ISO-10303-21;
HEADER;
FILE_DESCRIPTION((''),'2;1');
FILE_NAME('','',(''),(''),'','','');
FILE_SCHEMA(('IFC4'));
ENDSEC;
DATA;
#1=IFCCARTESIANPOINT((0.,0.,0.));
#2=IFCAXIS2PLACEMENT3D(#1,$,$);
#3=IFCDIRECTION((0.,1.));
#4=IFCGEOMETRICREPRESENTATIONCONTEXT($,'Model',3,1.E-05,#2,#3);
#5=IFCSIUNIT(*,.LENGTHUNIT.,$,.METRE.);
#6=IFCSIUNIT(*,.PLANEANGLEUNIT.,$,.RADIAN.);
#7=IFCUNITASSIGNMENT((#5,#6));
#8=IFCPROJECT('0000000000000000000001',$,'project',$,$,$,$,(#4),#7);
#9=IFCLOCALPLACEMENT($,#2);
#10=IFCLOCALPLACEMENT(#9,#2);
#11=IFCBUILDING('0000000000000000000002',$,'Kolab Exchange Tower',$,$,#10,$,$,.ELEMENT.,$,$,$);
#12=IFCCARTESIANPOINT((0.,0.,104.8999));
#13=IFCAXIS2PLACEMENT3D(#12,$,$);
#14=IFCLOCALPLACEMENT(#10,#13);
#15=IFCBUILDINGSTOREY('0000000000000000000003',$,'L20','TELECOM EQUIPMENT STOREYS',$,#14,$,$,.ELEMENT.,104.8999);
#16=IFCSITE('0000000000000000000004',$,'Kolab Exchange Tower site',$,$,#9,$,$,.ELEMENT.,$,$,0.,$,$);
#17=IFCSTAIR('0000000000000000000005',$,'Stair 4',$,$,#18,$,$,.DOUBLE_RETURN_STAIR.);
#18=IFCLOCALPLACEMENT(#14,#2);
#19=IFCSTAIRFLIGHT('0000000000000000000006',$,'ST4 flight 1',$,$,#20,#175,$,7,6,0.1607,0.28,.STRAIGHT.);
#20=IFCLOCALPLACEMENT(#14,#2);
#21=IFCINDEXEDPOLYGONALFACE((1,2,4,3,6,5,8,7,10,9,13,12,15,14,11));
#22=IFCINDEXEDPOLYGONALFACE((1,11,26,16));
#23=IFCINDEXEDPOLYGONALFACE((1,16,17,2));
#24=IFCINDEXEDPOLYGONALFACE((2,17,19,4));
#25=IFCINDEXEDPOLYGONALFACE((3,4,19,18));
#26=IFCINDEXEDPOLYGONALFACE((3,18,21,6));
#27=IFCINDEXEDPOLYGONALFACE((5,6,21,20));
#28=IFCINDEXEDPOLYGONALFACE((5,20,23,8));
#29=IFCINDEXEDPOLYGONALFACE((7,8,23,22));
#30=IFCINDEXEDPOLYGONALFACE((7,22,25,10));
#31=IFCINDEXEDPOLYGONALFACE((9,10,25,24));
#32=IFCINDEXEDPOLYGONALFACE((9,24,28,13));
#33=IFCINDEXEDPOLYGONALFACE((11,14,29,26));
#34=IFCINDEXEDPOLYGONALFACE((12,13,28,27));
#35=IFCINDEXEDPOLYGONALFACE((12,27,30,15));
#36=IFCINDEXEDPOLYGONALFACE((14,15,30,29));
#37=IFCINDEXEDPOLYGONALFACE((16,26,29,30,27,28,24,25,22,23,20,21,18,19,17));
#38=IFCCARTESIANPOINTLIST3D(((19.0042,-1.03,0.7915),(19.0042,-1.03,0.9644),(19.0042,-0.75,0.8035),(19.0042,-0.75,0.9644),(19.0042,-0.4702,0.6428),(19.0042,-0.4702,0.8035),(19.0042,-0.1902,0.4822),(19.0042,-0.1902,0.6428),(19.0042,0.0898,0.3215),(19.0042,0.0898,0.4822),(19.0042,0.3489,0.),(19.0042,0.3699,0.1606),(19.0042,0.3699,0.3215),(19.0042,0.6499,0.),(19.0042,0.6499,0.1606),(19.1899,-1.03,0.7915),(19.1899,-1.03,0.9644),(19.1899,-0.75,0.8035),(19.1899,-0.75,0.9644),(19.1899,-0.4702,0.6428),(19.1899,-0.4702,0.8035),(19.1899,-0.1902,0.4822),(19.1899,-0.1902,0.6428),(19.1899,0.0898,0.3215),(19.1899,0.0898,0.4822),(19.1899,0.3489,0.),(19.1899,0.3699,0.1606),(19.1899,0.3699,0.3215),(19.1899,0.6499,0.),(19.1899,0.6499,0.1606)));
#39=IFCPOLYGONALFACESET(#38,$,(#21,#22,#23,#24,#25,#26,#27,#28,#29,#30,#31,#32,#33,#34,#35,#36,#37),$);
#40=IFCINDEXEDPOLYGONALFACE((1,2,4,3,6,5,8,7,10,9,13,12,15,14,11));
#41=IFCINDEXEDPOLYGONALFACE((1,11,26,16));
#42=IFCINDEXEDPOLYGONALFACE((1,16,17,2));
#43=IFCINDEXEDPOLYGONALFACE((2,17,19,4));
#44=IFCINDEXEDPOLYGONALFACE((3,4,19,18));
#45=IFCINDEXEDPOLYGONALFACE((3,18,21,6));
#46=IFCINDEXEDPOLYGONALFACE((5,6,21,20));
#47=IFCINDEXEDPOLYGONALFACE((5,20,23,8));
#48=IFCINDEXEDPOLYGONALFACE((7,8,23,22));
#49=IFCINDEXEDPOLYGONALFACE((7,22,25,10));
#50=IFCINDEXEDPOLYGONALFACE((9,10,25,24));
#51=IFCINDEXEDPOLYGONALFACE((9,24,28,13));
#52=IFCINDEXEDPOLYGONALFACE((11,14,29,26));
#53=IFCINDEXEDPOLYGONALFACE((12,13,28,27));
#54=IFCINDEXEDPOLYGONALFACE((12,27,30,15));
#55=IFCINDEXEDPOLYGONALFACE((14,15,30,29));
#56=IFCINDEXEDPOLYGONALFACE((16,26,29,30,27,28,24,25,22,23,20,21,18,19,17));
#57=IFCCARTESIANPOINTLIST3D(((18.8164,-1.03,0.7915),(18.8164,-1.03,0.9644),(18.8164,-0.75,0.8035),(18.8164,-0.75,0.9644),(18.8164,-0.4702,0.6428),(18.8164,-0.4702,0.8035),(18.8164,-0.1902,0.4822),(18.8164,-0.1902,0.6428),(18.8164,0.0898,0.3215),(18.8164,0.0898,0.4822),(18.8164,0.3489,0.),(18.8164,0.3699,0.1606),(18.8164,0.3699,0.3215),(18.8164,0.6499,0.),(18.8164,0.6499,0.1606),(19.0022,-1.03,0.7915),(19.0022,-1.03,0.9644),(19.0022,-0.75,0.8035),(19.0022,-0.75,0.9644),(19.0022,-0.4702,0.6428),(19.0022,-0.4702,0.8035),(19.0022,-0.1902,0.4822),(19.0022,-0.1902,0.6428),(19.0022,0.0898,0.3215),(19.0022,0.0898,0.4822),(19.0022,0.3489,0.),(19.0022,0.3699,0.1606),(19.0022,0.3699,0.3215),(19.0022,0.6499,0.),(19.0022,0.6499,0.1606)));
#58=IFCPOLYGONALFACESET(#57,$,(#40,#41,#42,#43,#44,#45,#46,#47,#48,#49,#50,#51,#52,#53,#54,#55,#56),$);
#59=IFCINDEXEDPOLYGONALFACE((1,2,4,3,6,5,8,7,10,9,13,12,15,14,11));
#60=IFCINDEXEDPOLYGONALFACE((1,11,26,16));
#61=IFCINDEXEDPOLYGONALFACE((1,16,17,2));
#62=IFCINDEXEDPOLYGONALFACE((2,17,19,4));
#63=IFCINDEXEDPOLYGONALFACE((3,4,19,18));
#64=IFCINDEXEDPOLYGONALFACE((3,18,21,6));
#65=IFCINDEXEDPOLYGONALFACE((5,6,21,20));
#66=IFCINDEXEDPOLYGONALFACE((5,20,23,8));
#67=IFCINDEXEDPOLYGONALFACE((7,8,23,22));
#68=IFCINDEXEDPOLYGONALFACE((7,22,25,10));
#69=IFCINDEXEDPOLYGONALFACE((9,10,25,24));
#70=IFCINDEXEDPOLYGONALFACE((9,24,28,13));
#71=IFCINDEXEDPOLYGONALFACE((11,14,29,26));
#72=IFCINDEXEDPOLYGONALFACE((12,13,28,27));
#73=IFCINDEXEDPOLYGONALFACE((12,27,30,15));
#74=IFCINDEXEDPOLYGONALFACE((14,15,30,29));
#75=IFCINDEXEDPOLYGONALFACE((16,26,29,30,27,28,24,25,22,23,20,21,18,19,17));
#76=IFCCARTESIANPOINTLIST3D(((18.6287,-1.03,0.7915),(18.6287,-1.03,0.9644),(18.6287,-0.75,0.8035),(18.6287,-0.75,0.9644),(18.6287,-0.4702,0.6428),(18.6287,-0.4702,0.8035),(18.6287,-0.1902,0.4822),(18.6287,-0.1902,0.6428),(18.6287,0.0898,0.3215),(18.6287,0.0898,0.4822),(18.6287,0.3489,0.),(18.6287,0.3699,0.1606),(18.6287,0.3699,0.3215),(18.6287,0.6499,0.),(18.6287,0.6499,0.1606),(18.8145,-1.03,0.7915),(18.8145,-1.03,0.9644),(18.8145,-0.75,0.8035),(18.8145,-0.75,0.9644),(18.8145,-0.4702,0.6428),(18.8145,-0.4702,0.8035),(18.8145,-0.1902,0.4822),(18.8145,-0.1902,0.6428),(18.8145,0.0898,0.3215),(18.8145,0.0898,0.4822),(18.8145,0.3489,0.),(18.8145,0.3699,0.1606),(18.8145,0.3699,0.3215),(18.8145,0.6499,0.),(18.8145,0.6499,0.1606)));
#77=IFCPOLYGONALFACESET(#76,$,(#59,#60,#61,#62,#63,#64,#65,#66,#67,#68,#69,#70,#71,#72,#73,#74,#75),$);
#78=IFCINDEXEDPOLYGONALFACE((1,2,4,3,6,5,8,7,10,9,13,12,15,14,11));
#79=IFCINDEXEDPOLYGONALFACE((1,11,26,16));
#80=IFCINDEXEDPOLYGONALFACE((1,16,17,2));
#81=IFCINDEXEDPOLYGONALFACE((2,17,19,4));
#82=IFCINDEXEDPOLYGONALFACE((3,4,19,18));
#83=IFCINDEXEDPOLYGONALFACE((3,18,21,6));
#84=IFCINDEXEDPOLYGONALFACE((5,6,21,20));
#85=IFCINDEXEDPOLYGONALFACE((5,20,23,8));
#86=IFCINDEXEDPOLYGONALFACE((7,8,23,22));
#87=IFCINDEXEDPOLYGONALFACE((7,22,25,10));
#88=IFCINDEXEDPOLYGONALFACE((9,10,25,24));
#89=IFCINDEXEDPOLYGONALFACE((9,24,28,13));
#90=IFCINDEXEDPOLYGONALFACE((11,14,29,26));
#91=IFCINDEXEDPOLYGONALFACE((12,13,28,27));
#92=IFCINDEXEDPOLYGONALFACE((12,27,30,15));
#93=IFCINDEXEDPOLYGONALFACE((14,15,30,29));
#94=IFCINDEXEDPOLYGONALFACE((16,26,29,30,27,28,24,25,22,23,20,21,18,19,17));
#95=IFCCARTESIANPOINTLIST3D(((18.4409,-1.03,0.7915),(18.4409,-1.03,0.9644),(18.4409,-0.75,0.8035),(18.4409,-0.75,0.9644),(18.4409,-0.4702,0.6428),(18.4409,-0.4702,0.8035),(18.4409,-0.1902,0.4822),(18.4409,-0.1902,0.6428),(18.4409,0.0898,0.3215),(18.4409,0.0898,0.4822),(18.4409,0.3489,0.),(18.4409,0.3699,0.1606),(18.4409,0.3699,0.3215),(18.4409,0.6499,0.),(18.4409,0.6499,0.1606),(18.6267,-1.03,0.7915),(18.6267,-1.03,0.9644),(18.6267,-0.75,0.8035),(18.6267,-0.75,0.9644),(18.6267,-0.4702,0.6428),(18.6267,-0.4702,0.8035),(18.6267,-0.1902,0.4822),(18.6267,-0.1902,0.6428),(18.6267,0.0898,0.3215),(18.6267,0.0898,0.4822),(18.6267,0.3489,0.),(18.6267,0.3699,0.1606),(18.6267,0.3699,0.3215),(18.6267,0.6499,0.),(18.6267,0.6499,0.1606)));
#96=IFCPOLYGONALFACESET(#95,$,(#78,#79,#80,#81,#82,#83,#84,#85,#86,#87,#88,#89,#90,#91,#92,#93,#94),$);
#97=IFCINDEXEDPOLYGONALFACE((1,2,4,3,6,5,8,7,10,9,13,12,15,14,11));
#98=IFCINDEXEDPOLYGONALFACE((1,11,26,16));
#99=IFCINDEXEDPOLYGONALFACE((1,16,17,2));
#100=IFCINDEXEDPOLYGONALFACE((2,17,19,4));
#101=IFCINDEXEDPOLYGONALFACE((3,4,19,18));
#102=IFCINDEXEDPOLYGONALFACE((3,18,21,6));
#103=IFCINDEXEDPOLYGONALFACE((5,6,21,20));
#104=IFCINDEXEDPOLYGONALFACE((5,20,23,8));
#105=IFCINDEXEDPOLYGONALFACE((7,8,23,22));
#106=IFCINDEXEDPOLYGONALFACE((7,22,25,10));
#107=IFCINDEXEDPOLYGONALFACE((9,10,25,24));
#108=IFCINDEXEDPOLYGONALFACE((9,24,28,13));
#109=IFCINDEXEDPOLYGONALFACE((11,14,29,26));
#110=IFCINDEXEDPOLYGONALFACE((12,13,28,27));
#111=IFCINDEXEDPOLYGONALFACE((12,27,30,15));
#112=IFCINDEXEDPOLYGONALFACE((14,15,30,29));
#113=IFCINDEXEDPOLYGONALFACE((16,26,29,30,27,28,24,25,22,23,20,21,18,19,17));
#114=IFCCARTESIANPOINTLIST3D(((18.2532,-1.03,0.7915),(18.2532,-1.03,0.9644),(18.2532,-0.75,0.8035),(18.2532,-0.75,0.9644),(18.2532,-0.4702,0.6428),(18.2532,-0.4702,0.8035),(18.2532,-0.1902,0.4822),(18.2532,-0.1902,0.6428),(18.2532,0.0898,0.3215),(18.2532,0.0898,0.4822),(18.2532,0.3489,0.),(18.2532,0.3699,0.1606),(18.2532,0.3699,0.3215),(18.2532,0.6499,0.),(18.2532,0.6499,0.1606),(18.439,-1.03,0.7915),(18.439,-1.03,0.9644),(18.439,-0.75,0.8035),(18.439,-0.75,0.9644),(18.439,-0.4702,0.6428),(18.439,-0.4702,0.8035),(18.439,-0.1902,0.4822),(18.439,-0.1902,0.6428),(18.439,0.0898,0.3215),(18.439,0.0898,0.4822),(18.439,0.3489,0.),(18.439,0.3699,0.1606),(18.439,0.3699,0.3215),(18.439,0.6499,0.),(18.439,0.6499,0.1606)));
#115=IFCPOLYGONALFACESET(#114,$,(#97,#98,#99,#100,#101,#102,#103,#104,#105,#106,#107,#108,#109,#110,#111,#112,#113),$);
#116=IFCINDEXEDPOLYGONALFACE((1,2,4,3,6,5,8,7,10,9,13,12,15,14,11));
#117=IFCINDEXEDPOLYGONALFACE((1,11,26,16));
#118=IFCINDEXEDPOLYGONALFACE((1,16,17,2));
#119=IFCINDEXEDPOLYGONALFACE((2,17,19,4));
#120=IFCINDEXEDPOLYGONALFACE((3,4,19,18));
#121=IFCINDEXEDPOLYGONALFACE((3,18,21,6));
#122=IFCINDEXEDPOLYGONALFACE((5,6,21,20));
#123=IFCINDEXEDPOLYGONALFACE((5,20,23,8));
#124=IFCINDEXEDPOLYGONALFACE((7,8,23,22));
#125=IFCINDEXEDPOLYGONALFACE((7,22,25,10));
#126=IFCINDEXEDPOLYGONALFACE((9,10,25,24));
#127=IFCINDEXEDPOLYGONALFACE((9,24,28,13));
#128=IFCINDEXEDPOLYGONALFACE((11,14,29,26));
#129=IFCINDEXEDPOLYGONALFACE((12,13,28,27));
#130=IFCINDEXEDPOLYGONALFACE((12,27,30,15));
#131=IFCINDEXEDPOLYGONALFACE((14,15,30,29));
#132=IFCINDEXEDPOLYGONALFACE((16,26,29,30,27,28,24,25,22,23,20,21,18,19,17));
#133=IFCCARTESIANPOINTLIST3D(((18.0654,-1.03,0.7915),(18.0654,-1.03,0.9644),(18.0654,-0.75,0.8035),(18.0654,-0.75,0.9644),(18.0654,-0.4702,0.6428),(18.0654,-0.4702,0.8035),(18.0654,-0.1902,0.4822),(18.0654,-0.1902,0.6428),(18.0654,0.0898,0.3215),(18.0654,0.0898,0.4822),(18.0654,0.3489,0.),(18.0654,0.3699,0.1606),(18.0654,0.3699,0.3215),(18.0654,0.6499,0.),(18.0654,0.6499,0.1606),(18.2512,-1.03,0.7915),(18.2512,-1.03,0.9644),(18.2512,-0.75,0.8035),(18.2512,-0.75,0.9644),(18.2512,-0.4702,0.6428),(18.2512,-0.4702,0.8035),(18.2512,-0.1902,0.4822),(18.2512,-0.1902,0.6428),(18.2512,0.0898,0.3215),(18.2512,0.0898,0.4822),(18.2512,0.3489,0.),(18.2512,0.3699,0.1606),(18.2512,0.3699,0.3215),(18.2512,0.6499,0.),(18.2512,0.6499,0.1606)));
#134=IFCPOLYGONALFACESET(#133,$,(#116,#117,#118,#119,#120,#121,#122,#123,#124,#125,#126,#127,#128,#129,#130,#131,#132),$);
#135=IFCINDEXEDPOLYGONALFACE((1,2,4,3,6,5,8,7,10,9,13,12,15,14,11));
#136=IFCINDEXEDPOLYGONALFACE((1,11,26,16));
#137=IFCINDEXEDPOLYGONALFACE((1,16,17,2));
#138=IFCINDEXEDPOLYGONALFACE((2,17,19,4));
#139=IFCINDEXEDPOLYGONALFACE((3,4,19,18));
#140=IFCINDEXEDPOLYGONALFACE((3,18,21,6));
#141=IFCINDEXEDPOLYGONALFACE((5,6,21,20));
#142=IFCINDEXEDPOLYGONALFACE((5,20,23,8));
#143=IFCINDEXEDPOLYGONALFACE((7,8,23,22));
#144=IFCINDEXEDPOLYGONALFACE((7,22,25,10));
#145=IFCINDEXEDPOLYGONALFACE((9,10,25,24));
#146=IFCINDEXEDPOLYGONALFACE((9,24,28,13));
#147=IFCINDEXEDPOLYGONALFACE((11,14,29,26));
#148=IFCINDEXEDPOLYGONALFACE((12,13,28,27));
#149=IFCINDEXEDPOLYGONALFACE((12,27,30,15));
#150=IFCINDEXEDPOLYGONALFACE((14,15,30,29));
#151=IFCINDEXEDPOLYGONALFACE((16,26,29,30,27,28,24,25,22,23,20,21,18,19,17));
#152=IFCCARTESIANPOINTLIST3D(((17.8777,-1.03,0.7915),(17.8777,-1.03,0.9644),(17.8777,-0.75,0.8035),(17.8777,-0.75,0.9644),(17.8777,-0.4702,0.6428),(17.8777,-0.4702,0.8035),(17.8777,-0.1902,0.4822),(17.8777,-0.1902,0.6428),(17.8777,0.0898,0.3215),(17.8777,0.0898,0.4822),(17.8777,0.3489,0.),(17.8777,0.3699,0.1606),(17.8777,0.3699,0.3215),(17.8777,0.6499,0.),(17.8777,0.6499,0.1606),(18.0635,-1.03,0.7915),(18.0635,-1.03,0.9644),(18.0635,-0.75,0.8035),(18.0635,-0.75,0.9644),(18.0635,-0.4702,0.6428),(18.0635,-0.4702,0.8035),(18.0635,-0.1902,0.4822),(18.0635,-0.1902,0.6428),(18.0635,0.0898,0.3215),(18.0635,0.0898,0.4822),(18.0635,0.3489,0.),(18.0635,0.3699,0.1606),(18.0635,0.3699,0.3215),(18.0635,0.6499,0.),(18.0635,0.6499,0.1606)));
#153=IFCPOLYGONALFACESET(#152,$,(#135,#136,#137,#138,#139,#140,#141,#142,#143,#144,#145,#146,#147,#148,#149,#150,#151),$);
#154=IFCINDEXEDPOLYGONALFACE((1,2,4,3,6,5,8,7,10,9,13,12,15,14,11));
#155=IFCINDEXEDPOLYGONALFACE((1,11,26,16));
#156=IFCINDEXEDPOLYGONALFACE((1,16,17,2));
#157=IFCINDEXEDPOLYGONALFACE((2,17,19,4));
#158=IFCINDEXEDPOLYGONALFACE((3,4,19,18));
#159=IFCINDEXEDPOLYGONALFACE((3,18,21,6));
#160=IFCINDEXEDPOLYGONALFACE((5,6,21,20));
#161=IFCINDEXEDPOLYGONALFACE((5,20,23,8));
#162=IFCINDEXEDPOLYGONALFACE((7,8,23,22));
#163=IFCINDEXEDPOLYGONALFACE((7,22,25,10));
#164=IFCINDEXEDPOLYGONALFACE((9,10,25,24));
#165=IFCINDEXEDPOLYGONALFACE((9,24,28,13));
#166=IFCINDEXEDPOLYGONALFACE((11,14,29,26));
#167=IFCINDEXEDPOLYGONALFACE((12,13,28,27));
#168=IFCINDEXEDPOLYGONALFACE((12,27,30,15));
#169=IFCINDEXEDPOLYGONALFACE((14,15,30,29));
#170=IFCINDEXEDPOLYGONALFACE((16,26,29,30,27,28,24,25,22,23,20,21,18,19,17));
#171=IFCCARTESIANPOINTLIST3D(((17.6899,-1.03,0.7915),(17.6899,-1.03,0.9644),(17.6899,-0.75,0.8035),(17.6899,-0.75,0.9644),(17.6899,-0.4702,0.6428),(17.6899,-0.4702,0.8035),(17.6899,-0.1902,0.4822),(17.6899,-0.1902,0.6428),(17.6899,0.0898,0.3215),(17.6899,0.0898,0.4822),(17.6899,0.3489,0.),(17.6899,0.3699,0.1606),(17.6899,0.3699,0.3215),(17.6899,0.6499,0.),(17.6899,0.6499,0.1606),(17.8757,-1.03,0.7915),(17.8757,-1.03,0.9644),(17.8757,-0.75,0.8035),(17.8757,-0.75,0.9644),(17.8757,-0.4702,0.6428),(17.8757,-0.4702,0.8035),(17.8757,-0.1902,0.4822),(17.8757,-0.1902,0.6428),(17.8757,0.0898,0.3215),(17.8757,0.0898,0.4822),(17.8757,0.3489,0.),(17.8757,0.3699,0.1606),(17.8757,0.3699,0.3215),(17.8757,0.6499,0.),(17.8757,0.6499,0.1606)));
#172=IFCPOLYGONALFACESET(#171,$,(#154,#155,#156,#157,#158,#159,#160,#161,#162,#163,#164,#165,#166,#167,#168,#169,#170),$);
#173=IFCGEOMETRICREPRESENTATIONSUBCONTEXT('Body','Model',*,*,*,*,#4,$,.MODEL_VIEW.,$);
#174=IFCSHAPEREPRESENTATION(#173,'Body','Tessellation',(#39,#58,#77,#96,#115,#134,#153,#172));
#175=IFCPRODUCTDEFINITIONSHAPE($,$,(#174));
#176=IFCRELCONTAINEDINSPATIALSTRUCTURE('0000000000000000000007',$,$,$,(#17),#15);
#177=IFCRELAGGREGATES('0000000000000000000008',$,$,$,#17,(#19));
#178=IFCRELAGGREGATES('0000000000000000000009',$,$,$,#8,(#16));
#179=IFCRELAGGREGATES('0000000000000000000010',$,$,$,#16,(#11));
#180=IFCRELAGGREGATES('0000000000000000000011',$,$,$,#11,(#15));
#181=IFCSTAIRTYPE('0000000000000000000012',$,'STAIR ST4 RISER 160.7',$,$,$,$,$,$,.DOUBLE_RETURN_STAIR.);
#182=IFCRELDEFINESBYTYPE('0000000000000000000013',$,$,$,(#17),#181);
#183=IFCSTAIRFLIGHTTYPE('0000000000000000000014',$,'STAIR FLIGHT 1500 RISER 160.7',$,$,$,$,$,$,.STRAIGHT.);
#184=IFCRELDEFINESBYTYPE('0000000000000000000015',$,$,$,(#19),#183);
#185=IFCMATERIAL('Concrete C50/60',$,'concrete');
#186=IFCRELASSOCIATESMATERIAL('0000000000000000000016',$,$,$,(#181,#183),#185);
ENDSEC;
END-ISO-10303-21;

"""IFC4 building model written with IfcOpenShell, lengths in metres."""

from ifc_helpers import new_model, si_unit, direction, frame, origin, place, context, subcontext, project, spatial, polyline, outline, extrude, material, type_object, element, aggregate, save


model = new_model("IFC4")

# Units and contexts
model_context = context("Model", 3, precision=1e-05, world=origin(), true_north=direction((0.0, 1.0)))
body_context = subcontext(model_context, "Body", "Model", "MODEL_VIEW")
ifc_project = project(units=[si_unit("LENGTHUNIT", "METRE"), si_unit("PLANEANGLEUNIT", "RADIAN")], contexts=[model_context])

# Site, building, storey
site_placement = place(None, origin())
site = spatial("IfcSite", under=ifc_project, at=site_placement, Name="Kolab Exchange Tower site", CompositionType="ELEMENT", RefElevation=0.0)
building_placement = place(site_placement, origin())
building = spatial("IfcBuilding", under=site, at=building_placement, Name="Kolab Exchange Tower", CompositionType="ELEMENT")
storey_placement = place(building_placement, frame((0.0, 0.0, 104.8999)))
storey = spatial("IfcBuildingStorey", under=building, at=storey_placement, Name="L20", Description="TELECOM EQUIPMENT STOREYS", CompositionType="ELEMENT", Elevation=104.8999)

# Shared definitions
ifc_material_1 = material(Name="Concrete C50/60", Category="concrete")

# Stair, stair flight
stair_type = type_object("IfcStairType", Name="STAIR ST4 RISER 160.7", PredefinedType="DOUBLE_RETURN_STAIR", material=ifc_material_1)
stair_placement = place(storey_placement, origin())
stair = element("IfcStair", 1, at=stair_placement, inside=storey, type_object=stair_type, Name="Stair 4", PredefinedType="DOUBLE_RETURN_STAIR")
stair_flight_type = type_object("IfcStairFlightType", Name="STAIR FLIGHT 1500 RISER 160.7", PredefinedType="STRAIGHT", material=ifc_material_1)
stair_flight_1_placement = place(storey_placement, frame((18.4399, 0.6499, 0.0), z_axis=(0.0, 0.0, 1.0), x_axis=(0.0, -1.0, 0.0)))
stair_flight_1 = element("IfcStairFlight", 2, at=stair_flight_1_placement, type_object=stair_flight_type, Name="ST4 flight 1", NumberOfRisers=7, NumberOfTreads=6, PredefinedType="STRAIGHT", RiserHeight=0.1607, TreadLength=0.28, context=body_context, shape_type="SweptSolid", body=[
    extrude(outline(polyline([(0.0, 0.0), (0.0, 0.1606), (0.28, 0.1606), (0.28, 0.3215), (0.5601, 0.3215), (0.5601, 0.4822), (0.8401, 0.4822), (0.8401, 0.6428), (1.1201, 0.6428), (1.1201, 0.8035), (1.3999, 0.8035), (1.3999, 0.9644), (1.6799, 0.9644), (1.6799, 1.125), (1.6799, 0.7915), (0.301, 0.0), (0.0, 0.0)])), frame((0.0, 0.75, 0.0), z_axis=(0.0, -1.0, 0.0), x_axis=(1.0, 0.0, 0.0)), (0.0, 0.0, 1.0), 0.1858),
    extrude(outline(polyline([(0.0, 0.0), (0.0, 0.1606), (0.28, 0.1606), (0.28, 0.3215), (0.5601, 0.3215), (0.5601, 0.4822), (0.8401, 0.4822), (0.8401, 0.6428), (1.1201, 0.6428), (1.1201, 0.8035), (1.3999, 0.8035), (1.3999, 0.9644), (1.6799, 0.9644), (1.6799, 1.125), (1.6799, 0.7915), (0.301, 0.0), (0.0, 0.0)])), frame((0.0, 0.5623, 0.0), z_axis=(0.0, -1.0, 0.0), x_axis=(1.0, 0.0, 0.0)), (0.0, 0.0, 1.0), 0.1858),
    extrude(outline(polyline([(0.0, 0.0), (0.0, 0.1606), (0.28, 0.1606), (0.28, 0.3215), (0.5601, 0.3215), (0.5601, 0.4822), (0.8401, 0.4822), (0.8401, 0.6428), (1.1201, 0.6428), (1.1201, 0.8035), (1.3999, 0.8035), (1.3999, 0.9644), (1.6799, 0.9644), (1.6799, 1.125), (1.6799, 0.7915), (0.301, 0.0), (0.0, 0.0)])), frame((0.0, 0.3745, 0.0), z_axis=(0.0, -1.0, 0.0), x_axis=(1.0, 0.0, 0.0)), (0.0, 0.0, 1.0), 0.1858),
    extrude(outline(polyline([(0.0, 0.0), (0.0, 0.1606), (0.28, 0.1606), (0.28, 0.3215), (0.5601, 0.3215), (0.5601, 0.4822), (0.8401, 0.4822), (0.8401, 0.6428), (1.1201, 0.6428), (1.1201, 0.8035), (1.3999, 0.8035), (1.3999, 0.9644), (1.6799, 0.9644), (1.6799, 1.125), (1.6799, 0.7915), (0.301, 0.0), (0.0, 0.0)])), frame((0.0, 0.1868, 0.0), z_axis=(0.0, -1.0, 0.0), x_axis=(1.0, 0.0, 0.0)), (0.0, 0.0, 1.0), 0.1858),
    extrude(outline(polyline([(0.0, 0.0), (0.0, 0.1606), (0.28, 0.1606), (0.28, 0.3215), (0.5601, 0.3215), (0.5601, 0.4822), (0.8401, 0.4822), (0.8401, 0.6428), (1.1201, 0.6428), (1.1201, 0.8035), (1.3999, 0.8035), (1.3999, 0.9644), (1.6799, 0.9644), (1.6799, 1.125), (1.6799, 0.7915), (0.301, 0.0), (0.0, 0.0)])), frame((0.0, -0.001, 0.0), z_axis=(0.0, -1.0, 0.0), x_axis=(1.0, 0.0, 0.0)), (0.0, 0.0, 1.0), 0.1858),
    extrude(outline(polyline([(0.0, 0.0), (0.0, 0.1606), (0.28, 0.1606), (0.28, 0.3215), (0.5601, 0.3215), (0.5601, 0.4822), (0.8401, 0.4822), (0.8401, 0.6428), (1.1201, 0.6428), (1.1201, 0.8035), (1.3999, 0.8035), (1.3999, 0.9644), (1.6799, 0.9644), (1.6799, 1.125), (1.6799, 0.7915), (0.301, 0.0), (0.0, 0.0)])), frame((0.0, -0.1887, 0.0), z_axis=(0.0, -1.0, 0.0), x_axis=(1.0, 0.0, 0.0)), (0.0, 0.0, 1.0), 0.1858),
    extrude(outline(polyline([(0.0, 0.0), (0.0, 0.1606), (0.28, 0.1606), (0.28, 0.3215), (0.5601, 0.3215), (0.5601, 0.4822), (0.8401, 0.4822), (0.8401, 0.6428), (1.1201, 0.6428), (1.1201, 0.8035), (1.3999, 0.8035), (1.3999, 0.9644), (1.6799, 0.9644), (1.6799, 1.125), (1.6799, 0.7915), (0.301, 0.0), (0.0, 0.0)])), frame((0.0, -0.3765, 0.0), z_axis=(0.0, -1.0, 0.0), x_axis=(1.0, 0.0, 0.0)), (0.0, 0.0, 1.0), 0.1858),
    extrude(outline(polyline([(0.0, 0.0), (0.0, 0.1606), (0.28, 0.1606), (0.28, 0.3215), (0.5601, 0.3215), (0.5601, 0.4822), (0.8401, 0.4822), (0.8401, 0.6428), (1.1201, 0.6428), (1.1201, 0.8035), (1.3999, 0.8035), (1.3999, 0.9644), (1.6799, 0.9644), (1.6799, 1.125), (1.6799, 0.7915), (0.301, 0.0), (0.0, 0.0)])), frame((0.0, -0.5642, 0.0), z_axis=(0.0, -1.0, 0.0), x_axis=(1.0, 0.0, 0.0)), (0.0, 0.0, 1.0), 0.1858),
])
aggregate(stair, [stair_flight_1])

save(model, "model.ifc")
